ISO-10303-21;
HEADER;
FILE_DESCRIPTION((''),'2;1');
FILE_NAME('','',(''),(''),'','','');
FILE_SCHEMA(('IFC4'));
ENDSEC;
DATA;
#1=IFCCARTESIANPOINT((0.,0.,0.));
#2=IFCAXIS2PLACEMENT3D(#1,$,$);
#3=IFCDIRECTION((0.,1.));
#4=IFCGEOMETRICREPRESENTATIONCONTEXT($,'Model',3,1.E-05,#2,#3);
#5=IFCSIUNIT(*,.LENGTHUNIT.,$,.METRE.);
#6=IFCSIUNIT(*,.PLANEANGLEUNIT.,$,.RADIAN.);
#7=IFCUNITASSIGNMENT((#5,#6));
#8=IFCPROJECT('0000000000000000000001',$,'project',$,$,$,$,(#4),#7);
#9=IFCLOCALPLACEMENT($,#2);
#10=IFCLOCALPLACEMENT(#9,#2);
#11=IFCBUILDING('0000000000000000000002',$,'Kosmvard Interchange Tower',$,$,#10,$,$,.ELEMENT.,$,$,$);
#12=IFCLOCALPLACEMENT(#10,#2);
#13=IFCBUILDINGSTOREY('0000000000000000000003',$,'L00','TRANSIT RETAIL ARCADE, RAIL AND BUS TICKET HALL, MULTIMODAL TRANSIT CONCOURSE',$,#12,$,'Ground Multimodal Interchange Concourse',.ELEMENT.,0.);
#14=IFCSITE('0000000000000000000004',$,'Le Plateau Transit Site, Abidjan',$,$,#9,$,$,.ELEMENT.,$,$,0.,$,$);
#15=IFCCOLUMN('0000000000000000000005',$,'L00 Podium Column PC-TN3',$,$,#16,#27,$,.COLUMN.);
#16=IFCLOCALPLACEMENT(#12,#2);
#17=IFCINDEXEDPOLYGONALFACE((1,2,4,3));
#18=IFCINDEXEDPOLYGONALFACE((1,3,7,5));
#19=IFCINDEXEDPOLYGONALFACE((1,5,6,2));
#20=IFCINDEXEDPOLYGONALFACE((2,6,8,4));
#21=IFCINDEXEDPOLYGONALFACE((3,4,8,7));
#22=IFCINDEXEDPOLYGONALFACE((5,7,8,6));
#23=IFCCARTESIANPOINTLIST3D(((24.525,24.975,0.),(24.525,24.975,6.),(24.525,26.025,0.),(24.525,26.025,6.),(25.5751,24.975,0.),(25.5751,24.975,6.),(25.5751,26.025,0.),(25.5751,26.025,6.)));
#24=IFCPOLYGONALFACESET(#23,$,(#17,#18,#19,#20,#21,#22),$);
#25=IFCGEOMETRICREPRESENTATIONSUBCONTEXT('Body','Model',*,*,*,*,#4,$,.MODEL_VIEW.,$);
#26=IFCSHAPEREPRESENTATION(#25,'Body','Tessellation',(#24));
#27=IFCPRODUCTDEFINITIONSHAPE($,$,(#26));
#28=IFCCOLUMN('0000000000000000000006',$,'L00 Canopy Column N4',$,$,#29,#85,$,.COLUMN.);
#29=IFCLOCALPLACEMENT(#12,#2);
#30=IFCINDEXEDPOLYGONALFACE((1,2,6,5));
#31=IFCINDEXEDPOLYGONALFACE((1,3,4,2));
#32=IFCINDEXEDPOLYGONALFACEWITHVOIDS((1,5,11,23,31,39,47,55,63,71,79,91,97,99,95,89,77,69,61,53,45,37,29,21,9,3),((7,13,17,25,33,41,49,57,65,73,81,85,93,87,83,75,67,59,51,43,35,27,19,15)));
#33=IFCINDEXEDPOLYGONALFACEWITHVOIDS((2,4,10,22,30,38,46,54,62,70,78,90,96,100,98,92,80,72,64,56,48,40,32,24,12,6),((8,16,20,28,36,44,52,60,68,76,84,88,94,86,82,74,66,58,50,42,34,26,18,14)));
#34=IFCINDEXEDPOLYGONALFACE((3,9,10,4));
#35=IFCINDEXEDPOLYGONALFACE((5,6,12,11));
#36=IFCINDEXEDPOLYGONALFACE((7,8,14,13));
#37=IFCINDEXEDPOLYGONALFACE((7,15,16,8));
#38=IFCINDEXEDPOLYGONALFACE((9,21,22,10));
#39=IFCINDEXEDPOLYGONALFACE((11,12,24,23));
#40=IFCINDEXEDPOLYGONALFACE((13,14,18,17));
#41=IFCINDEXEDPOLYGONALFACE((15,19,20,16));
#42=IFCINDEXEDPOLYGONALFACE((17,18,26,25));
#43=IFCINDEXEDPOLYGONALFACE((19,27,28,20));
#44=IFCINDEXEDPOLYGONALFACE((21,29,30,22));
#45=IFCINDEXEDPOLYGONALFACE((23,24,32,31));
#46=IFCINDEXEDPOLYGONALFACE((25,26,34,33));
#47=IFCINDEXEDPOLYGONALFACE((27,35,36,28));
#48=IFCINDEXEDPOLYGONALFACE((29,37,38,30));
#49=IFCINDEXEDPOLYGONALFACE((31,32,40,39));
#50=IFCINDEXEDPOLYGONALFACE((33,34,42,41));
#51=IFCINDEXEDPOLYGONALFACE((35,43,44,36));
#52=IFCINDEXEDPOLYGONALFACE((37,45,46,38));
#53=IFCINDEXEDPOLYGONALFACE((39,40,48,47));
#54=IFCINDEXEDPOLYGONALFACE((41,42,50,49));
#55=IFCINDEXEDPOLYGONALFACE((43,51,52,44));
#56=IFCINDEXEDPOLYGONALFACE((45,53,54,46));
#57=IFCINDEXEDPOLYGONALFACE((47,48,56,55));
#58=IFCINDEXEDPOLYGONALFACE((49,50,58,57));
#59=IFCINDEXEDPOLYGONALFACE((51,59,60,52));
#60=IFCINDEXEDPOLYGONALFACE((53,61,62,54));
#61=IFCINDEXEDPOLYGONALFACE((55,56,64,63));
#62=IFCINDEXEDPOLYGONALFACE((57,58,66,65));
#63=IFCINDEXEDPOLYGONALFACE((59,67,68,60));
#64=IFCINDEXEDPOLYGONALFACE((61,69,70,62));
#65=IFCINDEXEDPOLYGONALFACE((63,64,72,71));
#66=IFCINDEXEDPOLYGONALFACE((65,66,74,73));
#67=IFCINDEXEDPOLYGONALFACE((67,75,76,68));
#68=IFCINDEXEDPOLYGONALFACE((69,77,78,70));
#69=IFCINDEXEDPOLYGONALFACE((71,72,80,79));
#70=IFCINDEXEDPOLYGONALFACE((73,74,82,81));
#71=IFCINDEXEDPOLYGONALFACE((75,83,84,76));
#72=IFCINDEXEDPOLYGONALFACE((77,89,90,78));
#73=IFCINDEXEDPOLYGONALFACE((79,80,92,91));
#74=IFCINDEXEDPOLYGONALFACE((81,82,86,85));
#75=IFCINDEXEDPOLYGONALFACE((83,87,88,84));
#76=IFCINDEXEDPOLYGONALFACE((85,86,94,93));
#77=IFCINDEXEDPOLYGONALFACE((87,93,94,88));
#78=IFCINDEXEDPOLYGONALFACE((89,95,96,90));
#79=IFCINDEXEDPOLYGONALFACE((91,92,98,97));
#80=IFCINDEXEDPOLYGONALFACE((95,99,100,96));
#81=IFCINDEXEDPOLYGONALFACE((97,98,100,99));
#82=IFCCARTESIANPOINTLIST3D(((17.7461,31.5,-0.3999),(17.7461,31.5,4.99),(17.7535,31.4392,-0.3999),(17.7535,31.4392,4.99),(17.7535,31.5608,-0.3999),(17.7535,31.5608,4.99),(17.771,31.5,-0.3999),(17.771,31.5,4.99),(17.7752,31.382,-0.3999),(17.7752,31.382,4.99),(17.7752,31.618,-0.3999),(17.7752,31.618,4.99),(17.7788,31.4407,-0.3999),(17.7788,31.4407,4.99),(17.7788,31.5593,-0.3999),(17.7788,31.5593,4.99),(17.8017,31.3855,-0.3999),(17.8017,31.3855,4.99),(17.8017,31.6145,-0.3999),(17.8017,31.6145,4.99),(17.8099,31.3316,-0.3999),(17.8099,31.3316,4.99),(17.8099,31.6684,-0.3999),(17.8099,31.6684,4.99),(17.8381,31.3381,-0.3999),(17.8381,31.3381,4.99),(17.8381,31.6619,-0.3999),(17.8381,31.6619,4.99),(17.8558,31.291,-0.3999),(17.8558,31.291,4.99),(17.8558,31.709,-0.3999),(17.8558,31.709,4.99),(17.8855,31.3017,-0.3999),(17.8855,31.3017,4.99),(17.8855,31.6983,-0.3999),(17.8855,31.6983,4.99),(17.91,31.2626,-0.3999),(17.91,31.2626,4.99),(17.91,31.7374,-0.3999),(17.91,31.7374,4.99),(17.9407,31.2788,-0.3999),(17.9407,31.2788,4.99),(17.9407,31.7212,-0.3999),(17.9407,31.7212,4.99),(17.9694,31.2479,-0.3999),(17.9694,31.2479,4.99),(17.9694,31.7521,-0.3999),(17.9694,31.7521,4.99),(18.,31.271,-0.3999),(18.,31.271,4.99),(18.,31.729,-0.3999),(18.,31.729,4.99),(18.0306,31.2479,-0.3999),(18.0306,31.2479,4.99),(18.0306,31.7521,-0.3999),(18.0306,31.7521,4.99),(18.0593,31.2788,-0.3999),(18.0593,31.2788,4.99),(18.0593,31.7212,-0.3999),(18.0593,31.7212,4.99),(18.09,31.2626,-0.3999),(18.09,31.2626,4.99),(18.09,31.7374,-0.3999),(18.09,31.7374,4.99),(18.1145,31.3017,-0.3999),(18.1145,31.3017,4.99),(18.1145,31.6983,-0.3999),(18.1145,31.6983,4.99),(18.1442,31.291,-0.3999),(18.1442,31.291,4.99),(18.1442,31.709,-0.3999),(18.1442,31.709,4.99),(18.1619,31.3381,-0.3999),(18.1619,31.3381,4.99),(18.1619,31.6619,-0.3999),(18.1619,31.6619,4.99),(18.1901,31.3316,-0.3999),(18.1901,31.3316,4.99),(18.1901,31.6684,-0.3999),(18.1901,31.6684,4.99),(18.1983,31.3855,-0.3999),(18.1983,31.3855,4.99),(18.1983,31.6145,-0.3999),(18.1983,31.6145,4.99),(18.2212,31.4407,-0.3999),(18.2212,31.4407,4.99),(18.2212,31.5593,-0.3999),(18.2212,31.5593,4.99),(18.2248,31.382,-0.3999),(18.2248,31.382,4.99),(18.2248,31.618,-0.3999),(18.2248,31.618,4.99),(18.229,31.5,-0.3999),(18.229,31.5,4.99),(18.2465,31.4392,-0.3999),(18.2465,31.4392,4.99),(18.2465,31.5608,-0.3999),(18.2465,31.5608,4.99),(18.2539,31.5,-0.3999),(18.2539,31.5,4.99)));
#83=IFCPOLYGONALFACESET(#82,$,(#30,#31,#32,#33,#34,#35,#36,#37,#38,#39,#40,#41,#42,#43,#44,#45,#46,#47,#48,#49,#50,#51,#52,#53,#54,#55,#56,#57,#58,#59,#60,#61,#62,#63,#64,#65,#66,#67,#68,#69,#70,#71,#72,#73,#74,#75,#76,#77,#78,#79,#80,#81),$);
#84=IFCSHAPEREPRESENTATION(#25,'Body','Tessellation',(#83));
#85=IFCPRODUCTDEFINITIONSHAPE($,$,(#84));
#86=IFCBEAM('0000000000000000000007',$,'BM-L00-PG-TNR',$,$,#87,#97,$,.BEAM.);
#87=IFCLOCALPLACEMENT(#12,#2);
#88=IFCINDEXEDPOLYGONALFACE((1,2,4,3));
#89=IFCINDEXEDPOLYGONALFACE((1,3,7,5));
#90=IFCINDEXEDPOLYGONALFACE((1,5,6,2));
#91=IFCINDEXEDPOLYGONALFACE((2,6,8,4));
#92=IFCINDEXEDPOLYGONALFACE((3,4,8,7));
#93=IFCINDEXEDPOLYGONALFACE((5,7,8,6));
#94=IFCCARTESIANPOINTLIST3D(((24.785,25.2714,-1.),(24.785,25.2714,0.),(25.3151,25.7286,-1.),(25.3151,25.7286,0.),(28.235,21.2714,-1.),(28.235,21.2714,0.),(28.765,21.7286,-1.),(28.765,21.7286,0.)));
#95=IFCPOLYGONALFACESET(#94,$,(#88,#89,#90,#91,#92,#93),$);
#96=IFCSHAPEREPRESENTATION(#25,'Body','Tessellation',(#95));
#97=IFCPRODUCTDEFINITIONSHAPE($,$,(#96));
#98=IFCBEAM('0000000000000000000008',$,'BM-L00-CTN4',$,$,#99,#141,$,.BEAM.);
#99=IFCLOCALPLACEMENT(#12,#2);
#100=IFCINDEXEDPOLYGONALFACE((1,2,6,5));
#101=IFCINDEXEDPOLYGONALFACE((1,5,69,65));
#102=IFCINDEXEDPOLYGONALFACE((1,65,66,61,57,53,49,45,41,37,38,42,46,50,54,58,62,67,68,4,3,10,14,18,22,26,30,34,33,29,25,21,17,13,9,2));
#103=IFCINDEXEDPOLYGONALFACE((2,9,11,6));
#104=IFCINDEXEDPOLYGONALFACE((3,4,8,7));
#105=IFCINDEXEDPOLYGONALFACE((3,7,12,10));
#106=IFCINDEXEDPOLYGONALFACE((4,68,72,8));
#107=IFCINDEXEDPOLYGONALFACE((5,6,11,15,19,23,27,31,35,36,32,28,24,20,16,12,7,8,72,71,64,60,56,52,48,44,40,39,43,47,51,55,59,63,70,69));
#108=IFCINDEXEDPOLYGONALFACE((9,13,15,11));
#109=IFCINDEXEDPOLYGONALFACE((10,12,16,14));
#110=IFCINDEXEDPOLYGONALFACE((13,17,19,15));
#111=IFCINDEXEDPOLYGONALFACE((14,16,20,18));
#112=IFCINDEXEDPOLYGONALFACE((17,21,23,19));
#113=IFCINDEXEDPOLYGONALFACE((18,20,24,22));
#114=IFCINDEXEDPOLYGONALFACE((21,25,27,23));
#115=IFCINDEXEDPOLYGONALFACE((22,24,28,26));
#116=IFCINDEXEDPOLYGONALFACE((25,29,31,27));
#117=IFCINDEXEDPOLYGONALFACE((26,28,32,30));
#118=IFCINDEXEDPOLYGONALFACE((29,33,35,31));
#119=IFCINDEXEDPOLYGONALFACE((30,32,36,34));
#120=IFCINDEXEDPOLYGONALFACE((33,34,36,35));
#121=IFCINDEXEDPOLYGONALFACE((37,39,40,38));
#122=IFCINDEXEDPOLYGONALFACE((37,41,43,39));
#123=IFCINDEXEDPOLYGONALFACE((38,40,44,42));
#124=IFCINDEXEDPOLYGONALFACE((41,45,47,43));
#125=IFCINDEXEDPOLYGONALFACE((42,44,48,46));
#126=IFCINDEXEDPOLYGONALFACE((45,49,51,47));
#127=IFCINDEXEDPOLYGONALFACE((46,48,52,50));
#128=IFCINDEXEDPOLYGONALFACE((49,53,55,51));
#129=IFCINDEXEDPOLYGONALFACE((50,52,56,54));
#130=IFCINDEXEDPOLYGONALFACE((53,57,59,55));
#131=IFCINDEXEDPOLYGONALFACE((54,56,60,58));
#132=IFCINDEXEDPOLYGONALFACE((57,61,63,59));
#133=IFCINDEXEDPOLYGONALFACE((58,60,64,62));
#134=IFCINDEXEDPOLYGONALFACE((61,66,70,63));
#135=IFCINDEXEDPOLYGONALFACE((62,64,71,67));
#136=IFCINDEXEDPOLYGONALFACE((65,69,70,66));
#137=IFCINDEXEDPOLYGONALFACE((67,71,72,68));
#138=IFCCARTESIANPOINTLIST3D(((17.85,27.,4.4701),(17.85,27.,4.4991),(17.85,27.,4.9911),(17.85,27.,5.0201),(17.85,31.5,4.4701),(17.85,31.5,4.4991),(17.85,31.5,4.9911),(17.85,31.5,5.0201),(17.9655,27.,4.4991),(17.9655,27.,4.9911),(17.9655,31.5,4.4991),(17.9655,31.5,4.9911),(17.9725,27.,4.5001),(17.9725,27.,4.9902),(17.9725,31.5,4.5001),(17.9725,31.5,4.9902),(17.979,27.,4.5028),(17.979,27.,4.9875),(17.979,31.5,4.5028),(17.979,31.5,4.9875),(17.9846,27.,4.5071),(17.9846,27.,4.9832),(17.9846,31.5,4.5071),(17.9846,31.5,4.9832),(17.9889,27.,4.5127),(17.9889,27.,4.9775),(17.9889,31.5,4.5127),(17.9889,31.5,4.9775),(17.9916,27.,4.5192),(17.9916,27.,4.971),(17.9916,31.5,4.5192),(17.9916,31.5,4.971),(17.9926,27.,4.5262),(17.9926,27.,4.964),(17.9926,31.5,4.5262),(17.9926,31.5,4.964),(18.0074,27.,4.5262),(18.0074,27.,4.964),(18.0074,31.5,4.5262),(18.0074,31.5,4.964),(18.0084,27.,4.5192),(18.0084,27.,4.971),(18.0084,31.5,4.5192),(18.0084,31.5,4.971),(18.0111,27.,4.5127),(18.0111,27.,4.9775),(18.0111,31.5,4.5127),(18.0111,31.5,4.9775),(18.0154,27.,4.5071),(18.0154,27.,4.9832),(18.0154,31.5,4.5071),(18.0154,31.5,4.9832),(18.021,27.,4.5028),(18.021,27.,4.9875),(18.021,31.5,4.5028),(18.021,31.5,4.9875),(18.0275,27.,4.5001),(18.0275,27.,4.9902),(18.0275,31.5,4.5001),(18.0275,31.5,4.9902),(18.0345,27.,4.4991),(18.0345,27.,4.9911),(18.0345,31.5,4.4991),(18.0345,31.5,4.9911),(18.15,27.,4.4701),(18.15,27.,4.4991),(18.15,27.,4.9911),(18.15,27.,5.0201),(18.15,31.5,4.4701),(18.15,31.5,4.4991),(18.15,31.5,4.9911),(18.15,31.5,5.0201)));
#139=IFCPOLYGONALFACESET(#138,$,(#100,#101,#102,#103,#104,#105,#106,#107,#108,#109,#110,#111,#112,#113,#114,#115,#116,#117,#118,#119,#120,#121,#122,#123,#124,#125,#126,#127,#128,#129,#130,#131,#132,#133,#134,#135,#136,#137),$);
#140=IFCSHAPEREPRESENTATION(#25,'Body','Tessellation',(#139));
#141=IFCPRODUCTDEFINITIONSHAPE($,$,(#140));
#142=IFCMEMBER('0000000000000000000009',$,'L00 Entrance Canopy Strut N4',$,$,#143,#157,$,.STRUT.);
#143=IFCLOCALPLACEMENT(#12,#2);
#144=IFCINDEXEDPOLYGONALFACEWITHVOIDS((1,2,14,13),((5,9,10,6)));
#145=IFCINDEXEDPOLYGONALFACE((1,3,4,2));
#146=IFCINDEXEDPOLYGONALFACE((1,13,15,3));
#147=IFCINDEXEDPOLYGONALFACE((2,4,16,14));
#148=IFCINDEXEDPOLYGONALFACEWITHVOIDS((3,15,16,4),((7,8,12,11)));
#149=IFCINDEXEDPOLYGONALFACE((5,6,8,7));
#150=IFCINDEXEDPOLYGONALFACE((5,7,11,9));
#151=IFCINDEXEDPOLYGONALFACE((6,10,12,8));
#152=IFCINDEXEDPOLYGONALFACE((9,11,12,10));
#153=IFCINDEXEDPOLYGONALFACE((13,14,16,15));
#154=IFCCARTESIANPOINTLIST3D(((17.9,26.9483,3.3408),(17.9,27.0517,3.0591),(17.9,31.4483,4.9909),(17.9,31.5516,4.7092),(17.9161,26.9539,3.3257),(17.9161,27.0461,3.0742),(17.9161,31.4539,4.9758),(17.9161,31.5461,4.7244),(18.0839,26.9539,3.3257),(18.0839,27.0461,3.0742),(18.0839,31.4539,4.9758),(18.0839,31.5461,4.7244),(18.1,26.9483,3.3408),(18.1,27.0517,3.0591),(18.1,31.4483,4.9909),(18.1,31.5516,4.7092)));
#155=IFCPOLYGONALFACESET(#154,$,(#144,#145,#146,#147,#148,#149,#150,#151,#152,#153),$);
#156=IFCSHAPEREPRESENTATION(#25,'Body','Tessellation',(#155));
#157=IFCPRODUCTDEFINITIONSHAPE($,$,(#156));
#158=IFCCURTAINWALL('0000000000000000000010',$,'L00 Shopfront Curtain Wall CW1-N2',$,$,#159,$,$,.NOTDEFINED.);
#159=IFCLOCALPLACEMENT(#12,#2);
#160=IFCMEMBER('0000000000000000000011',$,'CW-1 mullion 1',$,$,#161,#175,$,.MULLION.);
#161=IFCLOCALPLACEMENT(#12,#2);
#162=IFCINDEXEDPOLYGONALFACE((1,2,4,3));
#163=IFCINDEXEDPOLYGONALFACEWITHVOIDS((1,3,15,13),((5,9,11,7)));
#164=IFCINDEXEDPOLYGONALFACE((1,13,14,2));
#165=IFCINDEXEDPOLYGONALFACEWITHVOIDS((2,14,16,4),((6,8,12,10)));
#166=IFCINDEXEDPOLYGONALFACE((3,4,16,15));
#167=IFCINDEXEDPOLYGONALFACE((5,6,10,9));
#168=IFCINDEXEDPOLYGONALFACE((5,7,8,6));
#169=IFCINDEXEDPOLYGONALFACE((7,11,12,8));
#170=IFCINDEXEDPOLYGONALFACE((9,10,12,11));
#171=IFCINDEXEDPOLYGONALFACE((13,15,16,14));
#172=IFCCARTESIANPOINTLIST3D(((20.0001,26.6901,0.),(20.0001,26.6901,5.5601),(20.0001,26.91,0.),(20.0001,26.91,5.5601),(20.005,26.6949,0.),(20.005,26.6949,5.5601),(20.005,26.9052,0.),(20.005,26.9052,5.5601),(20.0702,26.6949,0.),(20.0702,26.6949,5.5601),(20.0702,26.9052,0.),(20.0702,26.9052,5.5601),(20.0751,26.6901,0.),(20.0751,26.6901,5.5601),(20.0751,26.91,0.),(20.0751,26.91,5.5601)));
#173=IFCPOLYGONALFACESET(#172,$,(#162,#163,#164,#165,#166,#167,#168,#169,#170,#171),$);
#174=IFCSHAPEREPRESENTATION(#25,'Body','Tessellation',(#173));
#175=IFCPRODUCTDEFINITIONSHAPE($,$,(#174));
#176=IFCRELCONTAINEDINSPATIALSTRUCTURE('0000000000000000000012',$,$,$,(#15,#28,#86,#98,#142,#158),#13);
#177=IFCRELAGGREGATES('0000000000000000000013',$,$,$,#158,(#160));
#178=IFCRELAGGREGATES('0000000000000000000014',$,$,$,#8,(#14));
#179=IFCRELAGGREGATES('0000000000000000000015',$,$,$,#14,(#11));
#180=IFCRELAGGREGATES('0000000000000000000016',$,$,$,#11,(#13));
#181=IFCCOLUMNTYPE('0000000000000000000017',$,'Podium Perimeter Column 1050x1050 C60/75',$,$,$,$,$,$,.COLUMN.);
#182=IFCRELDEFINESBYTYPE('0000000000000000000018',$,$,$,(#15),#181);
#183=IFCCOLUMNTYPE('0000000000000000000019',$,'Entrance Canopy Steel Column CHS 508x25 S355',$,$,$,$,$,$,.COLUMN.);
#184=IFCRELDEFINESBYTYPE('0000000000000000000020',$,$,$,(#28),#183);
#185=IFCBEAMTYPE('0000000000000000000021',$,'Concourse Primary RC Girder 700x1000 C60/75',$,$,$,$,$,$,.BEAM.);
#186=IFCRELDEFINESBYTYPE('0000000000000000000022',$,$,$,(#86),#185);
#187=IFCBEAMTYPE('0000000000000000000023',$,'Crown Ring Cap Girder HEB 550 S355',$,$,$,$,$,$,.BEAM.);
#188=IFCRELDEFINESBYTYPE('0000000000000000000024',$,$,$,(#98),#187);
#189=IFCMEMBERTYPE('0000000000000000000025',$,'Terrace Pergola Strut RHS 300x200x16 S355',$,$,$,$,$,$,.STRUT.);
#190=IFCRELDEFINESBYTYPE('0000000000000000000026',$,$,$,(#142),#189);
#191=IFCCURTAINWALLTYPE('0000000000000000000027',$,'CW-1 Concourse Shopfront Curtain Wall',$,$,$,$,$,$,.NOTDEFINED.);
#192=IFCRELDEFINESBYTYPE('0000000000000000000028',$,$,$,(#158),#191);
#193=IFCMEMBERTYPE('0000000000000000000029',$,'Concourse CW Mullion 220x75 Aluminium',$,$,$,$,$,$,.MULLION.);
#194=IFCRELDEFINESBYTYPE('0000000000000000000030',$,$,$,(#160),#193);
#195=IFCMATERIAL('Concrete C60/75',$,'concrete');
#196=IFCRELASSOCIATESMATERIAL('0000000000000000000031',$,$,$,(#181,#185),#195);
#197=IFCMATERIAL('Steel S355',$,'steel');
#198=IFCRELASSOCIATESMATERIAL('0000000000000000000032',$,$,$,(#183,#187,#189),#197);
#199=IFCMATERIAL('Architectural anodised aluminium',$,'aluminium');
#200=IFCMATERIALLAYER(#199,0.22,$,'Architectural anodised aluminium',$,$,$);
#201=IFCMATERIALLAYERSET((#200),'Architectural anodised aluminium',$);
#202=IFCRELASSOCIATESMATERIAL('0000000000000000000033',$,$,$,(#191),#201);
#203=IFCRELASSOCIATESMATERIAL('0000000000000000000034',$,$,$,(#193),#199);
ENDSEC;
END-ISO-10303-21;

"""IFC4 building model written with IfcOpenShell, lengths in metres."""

from ifc_helpers import new_model, si_unit, direction, frame, origin, origin_2d, place, context, subcontext, project, spatial, rectangle, hollow_rectangle, hollow_circle, i_section, extrude, source, transform, mapped, material, layer, layer_set, material_profile, profile_set, type_object, element, aggregate, save


model = new_model("IFC4")

# Units and contexts
model_context = context("Model", 3, precision=1e-05, world=origin(), true_north=direction((0.0, 1.0)))
body_context = subcontext(model_context, "Body", "Model", "MODEL_VIEW")
ifc_project = project(units=[si_unit("LENGTHUNIT", "METRE"), si_unit("PLANEANGLEUNIT", "RADIAN")], contexts=[model_context])

# Site, building, storey
site_placement = place(None, origin())
site = spatial("IfcSite", under=ifc_project, at=site_placement, Name="Le Plateau Transit Site, Abidjan", CompositionType="ELEMENT", RefElevation=0.0)
building_placement = place(site_placement, origin())
building = spatial("IfcBuilding", under=site, at=building_placement, Name="Kosmvard Interchange Tower", CompositionType="ELEMENT")
storey_placement = place(building_placement, origin())
storey = spatial("IfcBuildingStorey", under=building, at=storey_placement, Name="L00", Description="TRANSIT RETAIL ARCADE, RAIL AND BUS TICKET HALL, MULTIMODAL TRANSIT CONCOURSE", LongName="Ground Multimodal Interchange Concourse", CompositionType="ELEMENT", Elevation=0.0)

# Columns
ifc_material_1 = material(Name="Concrete C60/75", Category="concrete")
ifc_material_profile_1 = material_profile(ifc_material_1, rectangle(XDim=1.05, YDim=1.05, at=origin_2d()), Name="PC 1050x1050")
ifc_profile_set_1 = profile_set([ifc_material_profile_1], Name="Concrete C60/75")
column_type_1 = type_object("IfcColumnType", Name="Podium Perimeter Column 1050x1050 C60/75", PredefinedType="COLUMN", material=ifc_profile_set_1)
shared_shape_1 = source(origin(), body_context, "Body", "SweptSolid", [
    extrude(rectangle(XDim=1.05, YDim=1.05, at=origin_2d()), origin(), (0.0, 0.0, 1.0), 6.0),
])
column_1_placement = place(storey_placement, frame((25.05, 25.5, 0.0), z_axis=(0.0, 0.0, 1.0), x_axis=(1.0, 0.0, 0.0)))
element("IfcColumn", 1, at=column_1_placement, inside=storey, type_object=column_type_1, Name="L00 Podium Column PC-TN3", PredefinedType="COLUMN", context=body_context, shape_type="MappedRepresentation", body=[
    mapped(shared_shape_1, transform((0.0, 0.0, 0.0), scale=1.0)),
])
ifc_material_2 = material(Name="Steel S355", Category="steel")
ifc_material_profile_2 = material_profile(ifc_material_2, hollow_circle(Radius=0.2539, WallThickness=0.0249, at=origin_2d()), Name="CHS 508x25")
ifc_profile_set_2 = profile_set([ifc_material_profile_2], Name="Steel S355")
column_type_2 = type_object("IfcColumnType", Name="Entrance Canopy Steel Column CHS 508x25 S355", PredefinedType="COLUMN", material=ifc_profile_set_2)
shared_shape_2 = source(origin(), body_context, "Body", "SweptSolid", [
    extrude(hollow_circle(Radius=0.2539, WallThickness=0.0249, at=origin_2d()), origin(), (0.0, 0.0, 1.0), 5.3899),
])
column_2_placement = place(storey_placement, frame((18.0, 31.5, -0.3999), z_axis=(0.0, 0.0, 1.0), x_axis=(1.0, 0.0, 0.0)))
element("IfcColumn", 2, at=column_2_placement, inside=storey, type_object=column_type_2, Name="L00 Canopy Column N4", PredefinedType="COLUMN", context=body_context, shape_type="MappedRepresentation", body=[
    mapped(shared_shape_2, transform((0.0, 0.0, 0.0), scale=1.0)),
])

# Beams
ifc_material_profile_3 = material_profile(ifc_material_1, rectangle(XDim=0.7, YDim=1.0, at=origin_2d()), Name="RCG 700x1000")
ifc_profile_set_3 = profile_set([ifc_material_profile_3], Name="Concrete C60/75")
beam_type_1 = type_object("IfcBeamType", Name="Concourse Primary RC Girder 700x1000 C60/75", PredefinedType="BEAM", material=ifc_profile_set_3)
shared_shape_3 = source(origin(), body_context, "Body", "SweptSolid", [
    extrude(rectangle(XDim=0.7, YDim=1.0, at=origin_2d()), origin(), (0.0, 0.0, 1.0), 5.2822),
])
beam_1_placement = place(storey_placement, frame((25.05, 25.5, -0.5), z_axis=(0.653122, -0.757253, 0.0), x_axis=(0.757253, 0.653122, 0.0)))
element("IfcBeam", 3, at=beam_1_placement, inside=storey, type_object=beam_type_1, Name="BM-L00-PG-TNR", PredefinedType="BEAM", context=body_context, shape_type="MappedRepresentation", body=[
    mapped(shared_shape_3, transform((0.0, 0.0, 0.0), scale=1.0)),
])
ifc_material_profile_4 = material_profile(ifc_material_2, i_section(OverallWidth=0.3, OverallDepth=0.55, WebThickness=0.0149, FlangeThickness=0.0291, FilletRadius=0.0271, at=origin_2d()), Name="HEB 550")
ifc_profile_set_4 = profile_set([ifc_material_profile_4], Name="Steel S355")
beam_type_2 = type_object("IfcBeamType", Name="Crown Ring Cap Girder HEB 550 S355", PredefinedType="BEAM", material=ifc_profile_set_4)
shared_shape_4 = source(origin(), body_context, "Body", "SweptSolid", [
    extrude(i_section(OverallWidth=0.3, OverallDepth=0.55, WebThickness=0.0149, FlangeThickness=0.0291, FilletRadius=0.0271, at=origin_2d()), origin(), (0.0, 0.0, 1.0), 4.5),
])
beam_2_placement = place(storey_placement, frame((18.0, 27.0, 4.7451), z_axis=(0.0, 1.0, 0.0), x_axis=(-1.0, 0.0, 0.0)))
element("IfcBeam", 4, at=beam_2_placement, inside=storey, type_object=beam_type_2, Name="BM-L00-CTN4", PredefinedType="BEAM", context=body_context, shape_type="MappedRepresentation", body=[
    mapped(shared_shape_4, transform((0.0, 0.0, 0.0), scale=1.0)),
])

# Member
ifc_material_profile_5 = material_profile(ifc_material_2, hollow_rectangle(XDim=0.2, YDim=0.3, WallThickness=0.0161, at=origin_2d()), Name="RHS 300x200x16")
ifc_profile_set_5 = profile_set([ifc_material_profile_5], Name="Steel S355")
member_type_1 = type_object("IfcMemberType", Name="Terrace Pergola Strut RHS 300x200x16 S355", PredefinedType="STRUT", material=ifc_profile_set_5)
shared_shape_5 = source(origin(), body_context, "Body", "SweptSolid", [
    extrude(hollow_rectangle(XDim=0.2, YDim=0.3, WallThickness=0.0161, at=origin_2d()), origin(), (0.0, 0.0, 1.0), 4.793),
])
member_1_placement = place(storey_placement, frame((18.0, 27.0, 3.2), z_axis=(0.0, 0.938866, 0.344282), x_axis=(-1.0, 0.0, 0.0)))
element("IfcMember", 5, at=member_1_placement, inside=storey, type_object=member_type_1, Name="L00 Entrance Canopy Strut N4", PredefinedType="STRUT", context=body_context, shape_type="MappedRepresentation", body=[
    mapped(shared_shape_5, transform((0.0, 0.0, 0.0), scale=1.0)),
])

# Curtain wall, member
ifc_material_3 = material(Name="Architectural anodised aluminium", Category="aluminium")
ifc_layer_1 = layer(ifc_material_3, 0.22, Name="Architectural anodised aluminium")
ifc_layer_set_1 = layer_set([ifc_layer_1], Name="Architectural anodised aluminium")
curtain_wall_type = type_object("IfcCurtainWallType", Name="CW-1 Concourse Shopfront Curtain Wall", PredefinedType="NOTDEFINED", material=ifc_layer_set_1)
curtain_wall_placement = place(storey_placement, origin())
curtain_wall = element("IfcCurtainWall", 6, at=curtain_wall_placement, inside=storey, type_object=curtain_wall_type, Name="L00 Shopfront Curtain Wall CW1-N2", PredefinedType="NOTDEFINED")
ifc_material_profile_6 = material_profile(ifc_material_3, hollow_rectangle(XDim=0.22, YDim=0.075, WallThickness=0.0049, at=origin_2d()), Name="CWM 220x75x5")
ifc_profile_set_6 = profile_set([ifc_material_profile_6], Name="Architectural anodised aluminium")
member_type_2 = type_object("IfcMemberType", Name="Concourse CW Mullion 220x75 Aluminium", PredefinedType="MULLION", material=ifc_profile_set_6)
shared_shape_6 = source(origin(), body_context, "Body", "SweptSolid", [
    extrude(hollow_rectangle(XDim=0.22, YDim=0.075, WallThickness=0.0049, at=origin_2d()), origin(), (0.0, 0.0, 1.0), 5.5601),
])
member_2_placement = place(storey_placement, frame((20.0376, 26.8, 0.0), z_axis=(0.0, 0.0, 1.0), x_axis=(0.0, 1.0, 0.0)))
member_2 = element("IfcMember", 7, at=member_2_placement, type_object=member_type_2, Name="CW-1 mullion 1", PredefinedType="MULLION", context=body_context, shape_type="MappedRepresentation", body=[
    mapped(shared_shape_6, transform((0.0, 0.0, 0.0), scale=1.0)),
])

aggregate(curtain_wall, [member_2])

save(model, "model.ifc")
